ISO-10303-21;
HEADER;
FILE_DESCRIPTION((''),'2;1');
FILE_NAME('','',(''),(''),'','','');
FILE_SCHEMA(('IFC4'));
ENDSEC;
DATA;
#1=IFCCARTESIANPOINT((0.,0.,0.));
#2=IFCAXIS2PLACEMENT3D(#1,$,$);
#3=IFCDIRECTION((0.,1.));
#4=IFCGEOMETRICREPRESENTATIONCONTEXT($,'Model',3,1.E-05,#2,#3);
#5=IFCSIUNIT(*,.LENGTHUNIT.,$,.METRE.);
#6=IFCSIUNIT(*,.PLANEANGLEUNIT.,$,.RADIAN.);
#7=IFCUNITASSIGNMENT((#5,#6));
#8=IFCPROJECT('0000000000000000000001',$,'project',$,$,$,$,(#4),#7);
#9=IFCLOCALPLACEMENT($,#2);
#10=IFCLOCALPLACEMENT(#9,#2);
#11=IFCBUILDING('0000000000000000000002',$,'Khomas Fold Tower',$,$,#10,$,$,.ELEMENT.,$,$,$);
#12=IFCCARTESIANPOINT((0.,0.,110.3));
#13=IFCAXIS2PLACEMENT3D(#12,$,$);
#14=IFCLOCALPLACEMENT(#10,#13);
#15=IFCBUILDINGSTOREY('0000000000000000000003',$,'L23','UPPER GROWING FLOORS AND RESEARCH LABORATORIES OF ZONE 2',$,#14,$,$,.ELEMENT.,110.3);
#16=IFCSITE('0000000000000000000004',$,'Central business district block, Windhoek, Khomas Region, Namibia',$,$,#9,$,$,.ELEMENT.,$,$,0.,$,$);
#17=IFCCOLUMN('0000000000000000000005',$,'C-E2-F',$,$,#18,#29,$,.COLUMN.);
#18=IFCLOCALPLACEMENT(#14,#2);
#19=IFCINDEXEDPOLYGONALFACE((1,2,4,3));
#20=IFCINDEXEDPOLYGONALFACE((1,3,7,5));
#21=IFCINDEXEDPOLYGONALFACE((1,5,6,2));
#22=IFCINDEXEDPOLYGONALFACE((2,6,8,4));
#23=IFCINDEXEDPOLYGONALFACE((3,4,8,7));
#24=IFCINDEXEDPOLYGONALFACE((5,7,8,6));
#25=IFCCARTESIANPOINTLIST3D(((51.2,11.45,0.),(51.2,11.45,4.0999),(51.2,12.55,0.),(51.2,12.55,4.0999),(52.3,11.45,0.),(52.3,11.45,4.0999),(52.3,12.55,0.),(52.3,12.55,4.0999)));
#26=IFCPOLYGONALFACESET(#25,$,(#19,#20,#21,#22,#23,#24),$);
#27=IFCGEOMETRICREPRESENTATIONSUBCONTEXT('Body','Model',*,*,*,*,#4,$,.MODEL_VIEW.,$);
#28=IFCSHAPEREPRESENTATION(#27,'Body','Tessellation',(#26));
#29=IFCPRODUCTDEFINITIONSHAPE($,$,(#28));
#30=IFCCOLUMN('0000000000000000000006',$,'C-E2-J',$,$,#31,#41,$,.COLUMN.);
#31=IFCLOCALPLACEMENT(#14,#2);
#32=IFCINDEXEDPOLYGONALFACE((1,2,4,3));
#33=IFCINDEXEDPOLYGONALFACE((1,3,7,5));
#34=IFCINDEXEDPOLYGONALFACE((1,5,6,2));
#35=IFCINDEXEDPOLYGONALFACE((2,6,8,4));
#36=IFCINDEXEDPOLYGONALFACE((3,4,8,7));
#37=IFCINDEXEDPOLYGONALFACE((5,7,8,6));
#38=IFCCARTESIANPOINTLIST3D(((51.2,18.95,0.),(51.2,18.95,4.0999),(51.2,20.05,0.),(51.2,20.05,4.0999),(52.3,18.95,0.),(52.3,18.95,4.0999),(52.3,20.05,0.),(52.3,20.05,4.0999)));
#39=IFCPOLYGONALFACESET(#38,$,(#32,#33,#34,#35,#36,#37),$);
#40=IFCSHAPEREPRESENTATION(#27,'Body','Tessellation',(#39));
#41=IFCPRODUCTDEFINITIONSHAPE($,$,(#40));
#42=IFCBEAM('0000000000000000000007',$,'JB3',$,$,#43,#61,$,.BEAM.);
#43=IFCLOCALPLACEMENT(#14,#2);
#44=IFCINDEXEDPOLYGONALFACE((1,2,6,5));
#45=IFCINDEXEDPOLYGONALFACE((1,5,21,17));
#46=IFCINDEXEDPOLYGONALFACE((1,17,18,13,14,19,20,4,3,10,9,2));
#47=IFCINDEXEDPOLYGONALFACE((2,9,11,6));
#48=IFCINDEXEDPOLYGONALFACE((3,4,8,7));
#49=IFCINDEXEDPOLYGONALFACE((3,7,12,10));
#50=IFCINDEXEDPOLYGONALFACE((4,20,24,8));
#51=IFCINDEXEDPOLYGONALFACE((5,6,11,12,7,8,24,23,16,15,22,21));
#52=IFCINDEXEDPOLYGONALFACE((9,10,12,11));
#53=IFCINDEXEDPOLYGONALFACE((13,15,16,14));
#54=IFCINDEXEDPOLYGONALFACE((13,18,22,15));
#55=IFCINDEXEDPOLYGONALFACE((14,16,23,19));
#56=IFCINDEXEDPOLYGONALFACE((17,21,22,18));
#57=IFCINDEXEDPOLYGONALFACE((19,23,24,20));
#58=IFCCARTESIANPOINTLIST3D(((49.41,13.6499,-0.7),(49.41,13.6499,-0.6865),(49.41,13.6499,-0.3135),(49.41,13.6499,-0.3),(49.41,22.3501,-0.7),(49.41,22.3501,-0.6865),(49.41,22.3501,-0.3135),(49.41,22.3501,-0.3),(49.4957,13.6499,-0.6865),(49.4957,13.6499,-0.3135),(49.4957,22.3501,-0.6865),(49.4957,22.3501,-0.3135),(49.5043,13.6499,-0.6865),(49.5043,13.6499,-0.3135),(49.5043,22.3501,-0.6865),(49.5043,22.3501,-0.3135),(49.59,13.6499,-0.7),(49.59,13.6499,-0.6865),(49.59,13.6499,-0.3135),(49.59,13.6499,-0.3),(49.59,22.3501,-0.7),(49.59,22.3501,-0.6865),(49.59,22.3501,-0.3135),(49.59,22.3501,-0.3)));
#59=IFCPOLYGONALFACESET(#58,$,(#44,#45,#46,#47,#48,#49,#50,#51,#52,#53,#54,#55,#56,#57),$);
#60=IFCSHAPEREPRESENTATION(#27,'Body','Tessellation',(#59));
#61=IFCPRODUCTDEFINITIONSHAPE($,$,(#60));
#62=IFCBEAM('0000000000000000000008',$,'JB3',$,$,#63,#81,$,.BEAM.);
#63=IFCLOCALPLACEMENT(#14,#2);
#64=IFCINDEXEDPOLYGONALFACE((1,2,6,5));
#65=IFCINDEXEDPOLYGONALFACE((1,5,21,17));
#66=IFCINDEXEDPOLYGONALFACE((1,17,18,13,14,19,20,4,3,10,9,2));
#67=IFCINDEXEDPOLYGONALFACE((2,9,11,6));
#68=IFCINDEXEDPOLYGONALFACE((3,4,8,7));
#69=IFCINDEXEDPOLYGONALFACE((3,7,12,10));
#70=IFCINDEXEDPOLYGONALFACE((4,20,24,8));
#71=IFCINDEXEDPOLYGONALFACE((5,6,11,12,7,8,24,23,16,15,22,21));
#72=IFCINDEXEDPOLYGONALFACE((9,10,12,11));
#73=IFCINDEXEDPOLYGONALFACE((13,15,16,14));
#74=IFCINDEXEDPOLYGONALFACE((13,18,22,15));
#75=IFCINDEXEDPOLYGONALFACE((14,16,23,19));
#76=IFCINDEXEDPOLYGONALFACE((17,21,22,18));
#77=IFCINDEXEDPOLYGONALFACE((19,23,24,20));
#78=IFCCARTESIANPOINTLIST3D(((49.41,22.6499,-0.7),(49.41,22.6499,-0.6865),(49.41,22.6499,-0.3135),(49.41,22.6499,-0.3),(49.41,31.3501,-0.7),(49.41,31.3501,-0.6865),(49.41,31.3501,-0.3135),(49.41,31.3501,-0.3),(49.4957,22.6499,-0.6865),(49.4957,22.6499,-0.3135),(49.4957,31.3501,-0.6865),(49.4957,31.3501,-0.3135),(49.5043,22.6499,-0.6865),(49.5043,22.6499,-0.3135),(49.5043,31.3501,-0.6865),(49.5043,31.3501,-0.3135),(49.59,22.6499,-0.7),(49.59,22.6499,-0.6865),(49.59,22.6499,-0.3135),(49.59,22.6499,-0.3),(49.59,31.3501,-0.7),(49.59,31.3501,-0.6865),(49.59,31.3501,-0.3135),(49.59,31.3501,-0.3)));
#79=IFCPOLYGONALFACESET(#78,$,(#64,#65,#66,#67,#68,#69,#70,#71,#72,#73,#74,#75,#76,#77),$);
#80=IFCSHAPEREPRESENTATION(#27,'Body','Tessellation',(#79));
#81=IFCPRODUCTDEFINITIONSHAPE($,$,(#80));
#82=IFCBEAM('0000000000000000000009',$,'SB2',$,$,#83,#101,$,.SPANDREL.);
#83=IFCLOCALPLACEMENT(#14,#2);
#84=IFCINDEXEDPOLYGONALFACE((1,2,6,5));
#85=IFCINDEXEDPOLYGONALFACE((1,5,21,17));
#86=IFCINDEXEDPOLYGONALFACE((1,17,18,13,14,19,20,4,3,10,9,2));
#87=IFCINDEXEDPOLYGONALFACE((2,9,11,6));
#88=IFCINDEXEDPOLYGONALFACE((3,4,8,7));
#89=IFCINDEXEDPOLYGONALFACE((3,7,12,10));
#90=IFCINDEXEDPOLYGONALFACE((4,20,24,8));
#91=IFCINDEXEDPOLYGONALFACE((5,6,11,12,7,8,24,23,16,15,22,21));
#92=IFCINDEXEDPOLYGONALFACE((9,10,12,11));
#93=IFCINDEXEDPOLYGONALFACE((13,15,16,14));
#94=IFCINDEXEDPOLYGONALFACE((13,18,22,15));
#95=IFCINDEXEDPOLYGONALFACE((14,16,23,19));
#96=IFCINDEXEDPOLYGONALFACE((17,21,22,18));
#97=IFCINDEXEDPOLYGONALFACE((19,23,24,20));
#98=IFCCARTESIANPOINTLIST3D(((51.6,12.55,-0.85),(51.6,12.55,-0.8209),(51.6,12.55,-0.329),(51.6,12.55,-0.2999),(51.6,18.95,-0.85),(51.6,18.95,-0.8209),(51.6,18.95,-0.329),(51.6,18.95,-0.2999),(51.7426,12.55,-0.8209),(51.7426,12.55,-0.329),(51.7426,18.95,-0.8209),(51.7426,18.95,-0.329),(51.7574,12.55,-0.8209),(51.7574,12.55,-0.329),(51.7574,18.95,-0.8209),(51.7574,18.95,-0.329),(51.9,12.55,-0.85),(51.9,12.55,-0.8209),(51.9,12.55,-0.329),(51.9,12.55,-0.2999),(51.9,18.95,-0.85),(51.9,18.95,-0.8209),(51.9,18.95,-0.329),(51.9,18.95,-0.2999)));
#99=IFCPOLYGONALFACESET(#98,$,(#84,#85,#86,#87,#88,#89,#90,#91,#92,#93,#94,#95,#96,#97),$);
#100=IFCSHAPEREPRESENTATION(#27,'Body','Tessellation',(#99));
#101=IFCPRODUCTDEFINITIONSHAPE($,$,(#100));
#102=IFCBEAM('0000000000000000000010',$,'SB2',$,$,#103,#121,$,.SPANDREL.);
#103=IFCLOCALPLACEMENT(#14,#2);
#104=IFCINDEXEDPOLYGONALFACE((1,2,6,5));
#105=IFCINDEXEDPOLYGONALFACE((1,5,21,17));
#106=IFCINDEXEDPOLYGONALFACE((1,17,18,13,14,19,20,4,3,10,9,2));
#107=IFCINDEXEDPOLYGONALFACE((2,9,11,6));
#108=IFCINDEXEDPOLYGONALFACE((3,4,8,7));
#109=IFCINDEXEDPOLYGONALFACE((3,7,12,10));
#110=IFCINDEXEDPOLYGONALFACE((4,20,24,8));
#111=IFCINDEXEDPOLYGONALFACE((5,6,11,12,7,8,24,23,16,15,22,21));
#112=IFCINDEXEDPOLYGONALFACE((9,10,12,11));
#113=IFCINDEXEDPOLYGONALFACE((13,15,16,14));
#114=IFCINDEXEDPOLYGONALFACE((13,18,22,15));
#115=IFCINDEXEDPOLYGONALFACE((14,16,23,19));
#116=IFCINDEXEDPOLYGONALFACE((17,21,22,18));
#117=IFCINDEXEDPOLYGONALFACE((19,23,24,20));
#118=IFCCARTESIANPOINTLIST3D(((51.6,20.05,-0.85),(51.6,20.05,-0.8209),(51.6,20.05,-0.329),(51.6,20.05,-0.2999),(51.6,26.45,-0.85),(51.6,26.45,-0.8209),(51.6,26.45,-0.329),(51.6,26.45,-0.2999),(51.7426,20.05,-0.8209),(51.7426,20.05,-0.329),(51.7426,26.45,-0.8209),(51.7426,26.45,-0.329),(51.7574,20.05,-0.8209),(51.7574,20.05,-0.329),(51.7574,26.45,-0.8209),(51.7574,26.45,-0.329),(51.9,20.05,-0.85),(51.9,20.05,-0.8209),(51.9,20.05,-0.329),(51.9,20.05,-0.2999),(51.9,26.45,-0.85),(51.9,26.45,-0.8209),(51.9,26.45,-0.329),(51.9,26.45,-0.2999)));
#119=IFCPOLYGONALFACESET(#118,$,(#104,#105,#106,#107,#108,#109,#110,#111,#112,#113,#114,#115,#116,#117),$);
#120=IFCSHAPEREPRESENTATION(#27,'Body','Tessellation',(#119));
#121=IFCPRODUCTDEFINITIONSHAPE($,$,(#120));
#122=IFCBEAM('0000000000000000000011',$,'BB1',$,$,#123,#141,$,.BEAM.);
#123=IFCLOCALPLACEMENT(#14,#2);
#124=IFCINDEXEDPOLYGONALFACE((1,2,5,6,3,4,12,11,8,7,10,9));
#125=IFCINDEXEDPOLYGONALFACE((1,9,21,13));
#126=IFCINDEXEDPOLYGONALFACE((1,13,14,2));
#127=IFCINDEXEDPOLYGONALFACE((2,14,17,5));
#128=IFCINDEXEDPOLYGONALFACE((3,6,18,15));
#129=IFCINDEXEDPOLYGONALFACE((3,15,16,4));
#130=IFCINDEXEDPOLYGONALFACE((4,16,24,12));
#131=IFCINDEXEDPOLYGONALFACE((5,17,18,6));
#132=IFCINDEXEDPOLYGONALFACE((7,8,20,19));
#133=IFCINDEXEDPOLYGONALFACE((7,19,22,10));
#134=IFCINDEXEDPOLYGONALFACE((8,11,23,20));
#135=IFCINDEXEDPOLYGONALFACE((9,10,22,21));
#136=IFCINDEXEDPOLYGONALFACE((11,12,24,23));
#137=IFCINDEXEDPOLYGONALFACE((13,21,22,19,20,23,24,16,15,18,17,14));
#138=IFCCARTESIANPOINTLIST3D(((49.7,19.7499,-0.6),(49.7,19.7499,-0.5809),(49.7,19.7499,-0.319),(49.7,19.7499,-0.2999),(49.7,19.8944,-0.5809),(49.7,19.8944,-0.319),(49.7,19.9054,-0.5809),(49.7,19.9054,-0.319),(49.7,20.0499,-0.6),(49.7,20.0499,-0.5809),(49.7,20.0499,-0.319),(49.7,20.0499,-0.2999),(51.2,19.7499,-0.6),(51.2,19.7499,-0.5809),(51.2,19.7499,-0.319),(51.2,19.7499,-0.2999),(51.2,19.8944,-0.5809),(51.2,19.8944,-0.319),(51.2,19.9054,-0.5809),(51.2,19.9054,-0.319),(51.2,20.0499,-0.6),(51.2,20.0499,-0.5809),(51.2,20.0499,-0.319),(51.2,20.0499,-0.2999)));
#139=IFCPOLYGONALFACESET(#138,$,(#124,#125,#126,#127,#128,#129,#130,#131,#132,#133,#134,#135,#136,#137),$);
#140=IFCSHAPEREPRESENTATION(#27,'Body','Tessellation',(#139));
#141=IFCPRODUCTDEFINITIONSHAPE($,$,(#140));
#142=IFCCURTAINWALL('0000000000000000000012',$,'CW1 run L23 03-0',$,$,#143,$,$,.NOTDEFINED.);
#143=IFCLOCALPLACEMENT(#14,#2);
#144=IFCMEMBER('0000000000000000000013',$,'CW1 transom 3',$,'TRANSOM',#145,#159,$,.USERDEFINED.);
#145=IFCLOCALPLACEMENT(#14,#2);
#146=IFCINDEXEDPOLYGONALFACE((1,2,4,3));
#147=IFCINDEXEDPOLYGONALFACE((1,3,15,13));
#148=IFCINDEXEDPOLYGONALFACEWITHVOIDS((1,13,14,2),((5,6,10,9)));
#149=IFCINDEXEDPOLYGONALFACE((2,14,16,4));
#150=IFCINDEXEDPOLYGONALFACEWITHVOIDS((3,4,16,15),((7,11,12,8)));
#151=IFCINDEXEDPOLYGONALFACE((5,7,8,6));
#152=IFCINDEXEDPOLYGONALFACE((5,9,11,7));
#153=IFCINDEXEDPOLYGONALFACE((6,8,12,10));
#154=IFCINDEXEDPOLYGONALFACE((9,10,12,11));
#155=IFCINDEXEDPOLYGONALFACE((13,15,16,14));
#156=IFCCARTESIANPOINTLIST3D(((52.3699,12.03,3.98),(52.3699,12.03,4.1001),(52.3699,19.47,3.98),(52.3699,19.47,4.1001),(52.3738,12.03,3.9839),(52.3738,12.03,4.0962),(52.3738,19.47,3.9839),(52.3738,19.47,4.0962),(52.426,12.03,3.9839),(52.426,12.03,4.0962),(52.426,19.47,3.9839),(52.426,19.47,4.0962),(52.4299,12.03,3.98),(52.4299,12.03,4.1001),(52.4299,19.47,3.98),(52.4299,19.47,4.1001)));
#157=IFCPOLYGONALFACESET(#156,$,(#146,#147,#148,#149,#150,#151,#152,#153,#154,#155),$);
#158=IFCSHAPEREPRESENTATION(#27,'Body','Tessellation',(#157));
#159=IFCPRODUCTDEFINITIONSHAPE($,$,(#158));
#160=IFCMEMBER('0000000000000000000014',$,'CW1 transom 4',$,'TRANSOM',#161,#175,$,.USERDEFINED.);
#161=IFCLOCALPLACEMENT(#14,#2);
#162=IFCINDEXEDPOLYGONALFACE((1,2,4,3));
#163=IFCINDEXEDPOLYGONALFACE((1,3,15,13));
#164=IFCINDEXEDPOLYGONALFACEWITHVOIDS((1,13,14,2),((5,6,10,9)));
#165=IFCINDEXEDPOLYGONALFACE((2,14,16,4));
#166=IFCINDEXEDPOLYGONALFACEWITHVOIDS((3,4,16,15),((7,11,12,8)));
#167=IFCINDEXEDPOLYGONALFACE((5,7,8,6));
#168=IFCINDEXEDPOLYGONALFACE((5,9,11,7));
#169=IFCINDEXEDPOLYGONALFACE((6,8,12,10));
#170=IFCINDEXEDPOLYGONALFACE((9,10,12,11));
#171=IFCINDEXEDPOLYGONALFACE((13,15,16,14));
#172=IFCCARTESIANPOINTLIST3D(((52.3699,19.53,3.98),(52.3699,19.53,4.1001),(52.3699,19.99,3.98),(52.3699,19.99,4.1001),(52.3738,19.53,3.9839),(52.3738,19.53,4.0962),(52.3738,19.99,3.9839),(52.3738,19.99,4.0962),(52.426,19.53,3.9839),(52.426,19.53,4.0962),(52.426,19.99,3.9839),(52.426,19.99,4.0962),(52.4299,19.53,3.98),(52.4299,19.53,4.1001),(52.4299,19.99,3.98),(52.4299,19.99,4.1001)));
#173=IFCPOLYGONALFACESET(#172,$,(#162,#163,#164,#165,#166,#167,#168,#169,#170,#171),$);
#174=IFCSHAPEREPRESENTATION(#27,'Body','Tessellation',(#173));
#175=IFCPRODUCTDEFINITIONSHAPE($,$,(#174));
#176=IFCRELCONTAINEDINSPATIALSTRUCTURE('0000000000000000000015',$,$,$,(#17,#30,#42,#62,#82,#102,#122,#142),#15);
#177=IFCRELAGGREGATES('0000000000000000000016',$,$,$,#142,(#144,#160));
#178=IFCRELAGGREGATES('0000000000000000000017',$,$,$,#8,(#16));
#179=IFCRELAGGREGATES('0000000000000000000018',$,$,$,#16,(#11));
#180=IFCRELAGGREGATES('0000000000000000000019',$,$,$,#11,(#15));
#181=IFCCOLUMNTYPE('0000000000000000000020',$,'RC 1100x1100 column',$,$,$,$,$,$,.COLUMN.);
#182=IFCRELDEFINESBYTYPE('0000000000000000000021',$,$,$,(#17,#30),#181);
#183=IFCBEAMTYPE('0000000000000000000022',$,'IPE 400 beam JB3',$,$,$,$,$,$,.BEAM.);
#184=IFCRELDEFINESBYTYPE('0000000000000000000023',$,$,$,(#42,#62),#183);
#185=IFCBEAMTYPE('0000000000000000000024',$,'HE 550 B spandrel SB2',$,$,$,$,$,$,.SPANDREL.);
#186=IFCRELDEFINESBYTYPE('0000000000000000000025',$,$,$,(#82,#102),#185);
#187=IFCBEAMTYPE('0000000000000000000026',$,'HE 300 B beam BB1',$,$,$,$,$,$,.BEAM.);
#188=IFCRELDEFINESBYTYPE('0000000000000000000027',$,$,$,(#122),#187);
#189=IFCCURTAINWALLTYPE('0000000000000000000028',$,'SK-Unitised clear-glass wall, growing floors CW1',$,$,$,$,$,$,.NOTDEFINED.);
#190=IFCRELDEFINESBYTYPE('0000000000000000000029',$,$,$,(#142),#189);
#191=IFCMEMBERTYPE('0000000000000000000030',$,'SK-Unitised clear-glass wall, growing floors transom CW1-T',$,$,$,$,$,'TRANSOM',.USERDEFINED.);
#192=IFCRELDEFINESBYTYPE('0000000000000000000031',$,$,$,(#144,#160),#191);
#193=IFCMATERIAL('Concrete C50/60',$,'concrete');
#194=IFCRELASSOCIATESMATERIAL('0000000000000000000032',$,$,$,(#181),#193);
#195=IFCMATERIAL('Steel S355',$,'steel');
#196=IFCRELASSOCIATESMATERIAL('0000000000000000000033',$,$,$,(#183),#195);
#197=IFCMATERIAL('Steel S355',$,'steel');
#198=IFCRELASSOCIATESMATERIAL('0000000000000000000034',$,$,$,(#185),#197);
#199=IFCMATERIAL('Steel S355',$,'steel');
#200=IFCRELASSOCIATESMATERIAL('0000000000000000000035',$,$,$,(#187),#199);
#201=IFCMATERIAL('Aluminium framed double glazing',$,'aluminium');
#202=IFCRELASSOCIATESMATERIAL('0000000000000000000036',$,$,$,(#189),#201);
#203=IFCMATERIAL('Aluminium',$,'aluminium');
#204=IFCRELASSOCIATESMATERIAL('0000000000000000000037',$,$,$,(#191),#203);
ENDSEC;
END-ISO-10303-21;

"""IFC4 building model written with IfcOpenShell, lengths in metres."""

from ifc_helpers import new_model, si_unit, direction, frame, origin, origin_2d, place, context, subcontext, project, spatial, rectangle, hollow_rectangle, i_section, extrude, source, transform, mapped, material, material_profile, profile_set, type_object, element, aggregate, save


model = new_model("IFC4")

# Units and contexts
model_context = context("Model", 3, precision=1e-05, world=origin(), true_north=direction((0.0, 1.0)))
body_context = subcontext(model_context, "Body", "Model", "MODEL_VIEW")
ifc_project = project(units=[si_unit("LENGTHUNIT", "METRE"), si_unit("PLANEANGLEUNIT", "RADIAN")], contexts=[model_context])

# Site, building, storey
site_placement = place(None, origin())
site = spatial("IfcSite", under=ifc_project, at=site_placement, Name="Central business district block, Windhoek, Khomas Region, Namibia", CompositionType="ELEMENT", RefElevation=0.0)
building_placement = place(site_placement, origin())
building = spatial("IfcBuilding", under=site, at=building_placement, Name="Khomas Fold Tower", CompositionType="ELEMENT")
storey_placement = place(building_placement, frame((0.0, 0.0, 110.3)))
storey = spatial("IfcBuildingStorey", under=building, at=storey_placement, Name="L23", Description="UPPER GROWING FLOORS AND RESEARCH LABORATORIES OF ZONE 2", CompositionType="ELEMENT", Elevation=110.3)

# Columns
ifc_material_1 = material(Name="Concrete C50/60", Category="concrete")
ifc_material_profile_1 = material_profile(ifc_material_1, rectangle(XDim=1.1001, YDim=1.1001, at=origin_2d()), Name="RC 1100x1100")
ifc_profile_set_1 = profile_set([ifc_material_profile_1], Name="Concrete C50/60")
column_type = type_object("IfcColumnType", Name="RC 1100x1100 column", PredefinedType="COLUMN", material=ifc_profile_set_1)
shared_shape_1 = source(origin(), body_context, "Body", "SweptSolid", [
    extrude(rectangle(XDim=1.1001, YDim=1.1001, at=origin_2d()), origin(), (0.0, 0.0, 1.0), 4.0999),
])
for number, where, z_axis, x_axis, name in (
    (1, (51.75, 12.0, 0.0), (0.0, 0.0, 1.0), (1.0, 0.0, 0.0), "C-E2-F"),
    (2, (51.75, 19.5, 0.0), (0.0, 0.0, 1.0), (1.0, 0.0, 0.0), "C-E2-J"),
):
    element("IfcColumn", number, at=place(storey_placement, frame(where, z_axis=z_axis, x_axis=x_axis)), inside=storey, type_object=column_type, Name=name, PredefinedType="COLUMN", context=body_context, shape_type="MappedRepresentation", body=[
        mapped(shared_shape_1, transform((0.0, 0.0, 0.0))),
    ])

# Beams
ifc_material_2 = material(Name="Steel S355", Category="steel")
ifc_material_profile_2 = material_profile(ifc_material_2, i_section(OverallWidth=0.1799, OverallDepth=0.3999, WebThickness=0.0085, FlangeThickness=0.0134, at=origin_2d()), Name="IPE 400")
ifc_profile_set_2 = profile_set([ifc_material_profile_2], Name="Steel S355")
beam_type_1 = type_object("IfcBeamType", Name="IPE 400 beam JB3", PredefinedType="BEAM", material=ifc_profile_set_2)
shared_shape_2 = source(origin(), body_context, "Body", "SweptSolid", [
    extrude(i_section(OverallWidth=0.1799, OverallDepth=0.3999, WebThickness=0.0085, FlangeThickness=0.0134, at=origin_2d()), origin(), (0.0, 0.0, 1.0), 8.7002),
])
for number, where, z_axis, x_axis, name in (
    (3, (49.5, 13.6499, -0.5), (0.0, 1.0, 0.0), (-1.0, 0.0, 0.0), "JB3"),
    (4, (49.5, 22.6499, -0.5), (0.0, 1.0, 0.0), (-1.0, 0.0, 0.0), "JB3"),
):
    element("IfcBeam", number, at=place(storey_placement, frame(where, z_axis=z_axis, x_axis=x_axis)), inside=storey, type_object=beam_type_1, Name=name, PredefinedType="BEAM", context=body_context, shape_type="MappedRepresentation", body=[
        mapped(shared_shape_2, transform((0.0, 0.0, 0.0))),
    ])
ifc_material_3 = material(Name="Steel S355", Category="steel")
ifc_material_profile_3 = material_profile(ifc_material_3, i_section(OverallWidth=0.3, OverallDepth=0.55, WebThickness=0.0149, FlangeThickness=0.0291, at=origin_2d()), Name="HE 550 B")
ifc_profile_set_3 = profile_set([ifc_material_profile_3], Name="Steel S355")
beam_type_2 = type_object("IfcBeamType", Name="HE 550 B spandrel SB2", PredefinedType="SPANDREL", material=ifc_profile_set_3)
shared_shape_3 = source(origin(), body_context, "Body", "SweptSolid", [
    extrude(i_section(OverallWidth=0.3, OverallDepth=0.55, WebThickness=0.0149, FlangeThickness=0.0291, at=origin_2d()), origin(), (0.0, 0.0, 1.0), 6.3999),
])
for number, where, z_axis, x_axis, name in (
    (5, (51.75, 12.55, -0.575), (0.0, 1.0, 0.0), (-1.0, 0.0, 0.0), "SB2"),
    (6, (51.75, 20.05, -0.575), (0.0, 1.0, 0.0), (-1.0, 0.0, 0.0), "SB2"),
):
    element("IfcBeam", number, at=place(storey_placement, frame(where, z_axis=z_axis, x_axis=x_axis)), inside=storey, type_object=beam_type_2, Name=name, PredefinedType="SPANDREL", context=body_context, shape_type="MappedRepresentation", body=[
        mapped(shared_shape_3, transform((0.0, 0.0, 0.0))),
    ])
ifc_material_4 = material(Name="Steel S355", Category="steel")
ifc_material_profile_4 = material_profile(ifc_material_4, i_section(OverallWidth=0.3, OverallDepth=0.3, WebThickness=0.011, FlangeThickness=0.019, at=origin_2d()), Name="HE 300 B")
ifc_profile_set_4 = profile_set([ifc_material_profile_4], Name="Steel S355")
beam_type_3 = type_object("IfcBeamType", Name="HE 300 B beam BB1", PredefinedType="BEAM", material=ifc_profile_set_4)
shared_shape_4 = source(origin(), body_context, "Body", "SweptSolid", [
    extrude(i_section(OverallWidth=0.3, OverallDepth=0.3, WebThickness=0.011, FlangeThickness=0.019, at=origin_2d()), origin(), (0.0, 0.0, 1.0), 1.5),
])
beam_placement = place(storey_placement, frame((49.7, 19.8999, -0.45), z_axis=(1.0, 0.0, 0.0), x_axis=(0.0, 1.0, 0.0)))
element("IfcBeam", 7, at=beam_placement, inside=storey, type_object=beam_type_3, Name="BB1", PredefinedType="BEAM", context=body_context, shape_type="MappedRepresentation", body=[
    mapped(shared_shape_4, transform((0.0, 0.0, 0.0))),
])

# Curtain wall, members
ifc_material_5 = material(Name="Aluminium framed double glazing", Category="aluminium")
curtain_wall_type = type_object("IfcCurtainWallType", Name="SK-Unitised clear-glass wall, growing floors CW1", PredefinedType="NOTDEFINED", material=ifc_material_5)
curtain_wall_1_placement = place(storey_placement, origin())
curtain_wall_1 = element("IfcCurtainWall", 8, at=curtain_wall_1_placement, inside=storey, type_object=curtain_wall_type, Name="CW1 run L23 03-0", PredefinedType="NOTDEFINED")
ifc_material_6 = material(Name="Aluminium", Category="aluminium")
ifc_material_profile_5 = material_profile(ifc_material_6, hollow_rectangle(XDim=0.0601, YDim=0.1201, WallThickness=0.0039, at=origin_2d()), Name="SK-Unitised clear-glass wall, growing floors transom CW1-T")
ifc_profile_set_5 = profile_set([ifc_material_profile_5], Name="Aluminium")
member_type_1 = type_object("IfcMemberType", Name="SK-Unitised clear-glass wall, growing floors transom CW1-T", ElementType="TRANSOM", PredefinedType="USERDEFINED", material=ifc_profile_set_5)
shared_shape_5 = source(origin(), body_context, "Body", "SweptSolid", [
    extrude(hollow_rectangle(XDim=0.0601, YDim=0.1201, WallThickness=0.0039, at=origin_2d()), origin(), (0.0, 0.0, 1.0), 7.4399),
])
member_1_placement = place(storey_placement, frame((52.3999, 12.03, 4.04), z_axis=(0.0, 1.0, 0.0), x_axis=(-1.0, 0.0, 0.0)))
member_1 = element("IfcMember", 9, at=member_1_placement, type_object=member_type_1, Name="CW1 transom 3", ObjectType="TRANSOM", PredefinedType="USERDEFINED", context=body_context, shape_type="MappedRepresentation", body=[
    mapped(shared_shape_5, transform((0.0, 0.0, 0.0))),
])
shared_shape_6 = source(origin(), body_context, "Body", "SweptSolid", [
    extrude(hollow_rectangle(XDim=0.0601, YDim=0.1201, WallThickness=0.0039, at=origin_2d()), origin(), (0.0, 0.0, 1.0), 0.46),
])
member_2_placement = place(storey_placement, frame((52.3999, 19.53, 4.04), z_axis=(0.0, 1.0, 0.0), x_axis=(-1.0, 0.0, 0.0)))
member_2 = element("IfcMember", 10, at=member_2_placement, type_object=member_type_1, Name="CW1 transom 4", ObjectType="TRANSOM", PredefinedType="USERDEFINED", context=body_context, shape_type="MappedRepresentation", body=[
    mapped(shared_shape_6, transform((0.0, 0.0, 0.0))),
])

aggregate(curtain_wall_1, [member_1, member_2])

save(model, "model.ifc")
